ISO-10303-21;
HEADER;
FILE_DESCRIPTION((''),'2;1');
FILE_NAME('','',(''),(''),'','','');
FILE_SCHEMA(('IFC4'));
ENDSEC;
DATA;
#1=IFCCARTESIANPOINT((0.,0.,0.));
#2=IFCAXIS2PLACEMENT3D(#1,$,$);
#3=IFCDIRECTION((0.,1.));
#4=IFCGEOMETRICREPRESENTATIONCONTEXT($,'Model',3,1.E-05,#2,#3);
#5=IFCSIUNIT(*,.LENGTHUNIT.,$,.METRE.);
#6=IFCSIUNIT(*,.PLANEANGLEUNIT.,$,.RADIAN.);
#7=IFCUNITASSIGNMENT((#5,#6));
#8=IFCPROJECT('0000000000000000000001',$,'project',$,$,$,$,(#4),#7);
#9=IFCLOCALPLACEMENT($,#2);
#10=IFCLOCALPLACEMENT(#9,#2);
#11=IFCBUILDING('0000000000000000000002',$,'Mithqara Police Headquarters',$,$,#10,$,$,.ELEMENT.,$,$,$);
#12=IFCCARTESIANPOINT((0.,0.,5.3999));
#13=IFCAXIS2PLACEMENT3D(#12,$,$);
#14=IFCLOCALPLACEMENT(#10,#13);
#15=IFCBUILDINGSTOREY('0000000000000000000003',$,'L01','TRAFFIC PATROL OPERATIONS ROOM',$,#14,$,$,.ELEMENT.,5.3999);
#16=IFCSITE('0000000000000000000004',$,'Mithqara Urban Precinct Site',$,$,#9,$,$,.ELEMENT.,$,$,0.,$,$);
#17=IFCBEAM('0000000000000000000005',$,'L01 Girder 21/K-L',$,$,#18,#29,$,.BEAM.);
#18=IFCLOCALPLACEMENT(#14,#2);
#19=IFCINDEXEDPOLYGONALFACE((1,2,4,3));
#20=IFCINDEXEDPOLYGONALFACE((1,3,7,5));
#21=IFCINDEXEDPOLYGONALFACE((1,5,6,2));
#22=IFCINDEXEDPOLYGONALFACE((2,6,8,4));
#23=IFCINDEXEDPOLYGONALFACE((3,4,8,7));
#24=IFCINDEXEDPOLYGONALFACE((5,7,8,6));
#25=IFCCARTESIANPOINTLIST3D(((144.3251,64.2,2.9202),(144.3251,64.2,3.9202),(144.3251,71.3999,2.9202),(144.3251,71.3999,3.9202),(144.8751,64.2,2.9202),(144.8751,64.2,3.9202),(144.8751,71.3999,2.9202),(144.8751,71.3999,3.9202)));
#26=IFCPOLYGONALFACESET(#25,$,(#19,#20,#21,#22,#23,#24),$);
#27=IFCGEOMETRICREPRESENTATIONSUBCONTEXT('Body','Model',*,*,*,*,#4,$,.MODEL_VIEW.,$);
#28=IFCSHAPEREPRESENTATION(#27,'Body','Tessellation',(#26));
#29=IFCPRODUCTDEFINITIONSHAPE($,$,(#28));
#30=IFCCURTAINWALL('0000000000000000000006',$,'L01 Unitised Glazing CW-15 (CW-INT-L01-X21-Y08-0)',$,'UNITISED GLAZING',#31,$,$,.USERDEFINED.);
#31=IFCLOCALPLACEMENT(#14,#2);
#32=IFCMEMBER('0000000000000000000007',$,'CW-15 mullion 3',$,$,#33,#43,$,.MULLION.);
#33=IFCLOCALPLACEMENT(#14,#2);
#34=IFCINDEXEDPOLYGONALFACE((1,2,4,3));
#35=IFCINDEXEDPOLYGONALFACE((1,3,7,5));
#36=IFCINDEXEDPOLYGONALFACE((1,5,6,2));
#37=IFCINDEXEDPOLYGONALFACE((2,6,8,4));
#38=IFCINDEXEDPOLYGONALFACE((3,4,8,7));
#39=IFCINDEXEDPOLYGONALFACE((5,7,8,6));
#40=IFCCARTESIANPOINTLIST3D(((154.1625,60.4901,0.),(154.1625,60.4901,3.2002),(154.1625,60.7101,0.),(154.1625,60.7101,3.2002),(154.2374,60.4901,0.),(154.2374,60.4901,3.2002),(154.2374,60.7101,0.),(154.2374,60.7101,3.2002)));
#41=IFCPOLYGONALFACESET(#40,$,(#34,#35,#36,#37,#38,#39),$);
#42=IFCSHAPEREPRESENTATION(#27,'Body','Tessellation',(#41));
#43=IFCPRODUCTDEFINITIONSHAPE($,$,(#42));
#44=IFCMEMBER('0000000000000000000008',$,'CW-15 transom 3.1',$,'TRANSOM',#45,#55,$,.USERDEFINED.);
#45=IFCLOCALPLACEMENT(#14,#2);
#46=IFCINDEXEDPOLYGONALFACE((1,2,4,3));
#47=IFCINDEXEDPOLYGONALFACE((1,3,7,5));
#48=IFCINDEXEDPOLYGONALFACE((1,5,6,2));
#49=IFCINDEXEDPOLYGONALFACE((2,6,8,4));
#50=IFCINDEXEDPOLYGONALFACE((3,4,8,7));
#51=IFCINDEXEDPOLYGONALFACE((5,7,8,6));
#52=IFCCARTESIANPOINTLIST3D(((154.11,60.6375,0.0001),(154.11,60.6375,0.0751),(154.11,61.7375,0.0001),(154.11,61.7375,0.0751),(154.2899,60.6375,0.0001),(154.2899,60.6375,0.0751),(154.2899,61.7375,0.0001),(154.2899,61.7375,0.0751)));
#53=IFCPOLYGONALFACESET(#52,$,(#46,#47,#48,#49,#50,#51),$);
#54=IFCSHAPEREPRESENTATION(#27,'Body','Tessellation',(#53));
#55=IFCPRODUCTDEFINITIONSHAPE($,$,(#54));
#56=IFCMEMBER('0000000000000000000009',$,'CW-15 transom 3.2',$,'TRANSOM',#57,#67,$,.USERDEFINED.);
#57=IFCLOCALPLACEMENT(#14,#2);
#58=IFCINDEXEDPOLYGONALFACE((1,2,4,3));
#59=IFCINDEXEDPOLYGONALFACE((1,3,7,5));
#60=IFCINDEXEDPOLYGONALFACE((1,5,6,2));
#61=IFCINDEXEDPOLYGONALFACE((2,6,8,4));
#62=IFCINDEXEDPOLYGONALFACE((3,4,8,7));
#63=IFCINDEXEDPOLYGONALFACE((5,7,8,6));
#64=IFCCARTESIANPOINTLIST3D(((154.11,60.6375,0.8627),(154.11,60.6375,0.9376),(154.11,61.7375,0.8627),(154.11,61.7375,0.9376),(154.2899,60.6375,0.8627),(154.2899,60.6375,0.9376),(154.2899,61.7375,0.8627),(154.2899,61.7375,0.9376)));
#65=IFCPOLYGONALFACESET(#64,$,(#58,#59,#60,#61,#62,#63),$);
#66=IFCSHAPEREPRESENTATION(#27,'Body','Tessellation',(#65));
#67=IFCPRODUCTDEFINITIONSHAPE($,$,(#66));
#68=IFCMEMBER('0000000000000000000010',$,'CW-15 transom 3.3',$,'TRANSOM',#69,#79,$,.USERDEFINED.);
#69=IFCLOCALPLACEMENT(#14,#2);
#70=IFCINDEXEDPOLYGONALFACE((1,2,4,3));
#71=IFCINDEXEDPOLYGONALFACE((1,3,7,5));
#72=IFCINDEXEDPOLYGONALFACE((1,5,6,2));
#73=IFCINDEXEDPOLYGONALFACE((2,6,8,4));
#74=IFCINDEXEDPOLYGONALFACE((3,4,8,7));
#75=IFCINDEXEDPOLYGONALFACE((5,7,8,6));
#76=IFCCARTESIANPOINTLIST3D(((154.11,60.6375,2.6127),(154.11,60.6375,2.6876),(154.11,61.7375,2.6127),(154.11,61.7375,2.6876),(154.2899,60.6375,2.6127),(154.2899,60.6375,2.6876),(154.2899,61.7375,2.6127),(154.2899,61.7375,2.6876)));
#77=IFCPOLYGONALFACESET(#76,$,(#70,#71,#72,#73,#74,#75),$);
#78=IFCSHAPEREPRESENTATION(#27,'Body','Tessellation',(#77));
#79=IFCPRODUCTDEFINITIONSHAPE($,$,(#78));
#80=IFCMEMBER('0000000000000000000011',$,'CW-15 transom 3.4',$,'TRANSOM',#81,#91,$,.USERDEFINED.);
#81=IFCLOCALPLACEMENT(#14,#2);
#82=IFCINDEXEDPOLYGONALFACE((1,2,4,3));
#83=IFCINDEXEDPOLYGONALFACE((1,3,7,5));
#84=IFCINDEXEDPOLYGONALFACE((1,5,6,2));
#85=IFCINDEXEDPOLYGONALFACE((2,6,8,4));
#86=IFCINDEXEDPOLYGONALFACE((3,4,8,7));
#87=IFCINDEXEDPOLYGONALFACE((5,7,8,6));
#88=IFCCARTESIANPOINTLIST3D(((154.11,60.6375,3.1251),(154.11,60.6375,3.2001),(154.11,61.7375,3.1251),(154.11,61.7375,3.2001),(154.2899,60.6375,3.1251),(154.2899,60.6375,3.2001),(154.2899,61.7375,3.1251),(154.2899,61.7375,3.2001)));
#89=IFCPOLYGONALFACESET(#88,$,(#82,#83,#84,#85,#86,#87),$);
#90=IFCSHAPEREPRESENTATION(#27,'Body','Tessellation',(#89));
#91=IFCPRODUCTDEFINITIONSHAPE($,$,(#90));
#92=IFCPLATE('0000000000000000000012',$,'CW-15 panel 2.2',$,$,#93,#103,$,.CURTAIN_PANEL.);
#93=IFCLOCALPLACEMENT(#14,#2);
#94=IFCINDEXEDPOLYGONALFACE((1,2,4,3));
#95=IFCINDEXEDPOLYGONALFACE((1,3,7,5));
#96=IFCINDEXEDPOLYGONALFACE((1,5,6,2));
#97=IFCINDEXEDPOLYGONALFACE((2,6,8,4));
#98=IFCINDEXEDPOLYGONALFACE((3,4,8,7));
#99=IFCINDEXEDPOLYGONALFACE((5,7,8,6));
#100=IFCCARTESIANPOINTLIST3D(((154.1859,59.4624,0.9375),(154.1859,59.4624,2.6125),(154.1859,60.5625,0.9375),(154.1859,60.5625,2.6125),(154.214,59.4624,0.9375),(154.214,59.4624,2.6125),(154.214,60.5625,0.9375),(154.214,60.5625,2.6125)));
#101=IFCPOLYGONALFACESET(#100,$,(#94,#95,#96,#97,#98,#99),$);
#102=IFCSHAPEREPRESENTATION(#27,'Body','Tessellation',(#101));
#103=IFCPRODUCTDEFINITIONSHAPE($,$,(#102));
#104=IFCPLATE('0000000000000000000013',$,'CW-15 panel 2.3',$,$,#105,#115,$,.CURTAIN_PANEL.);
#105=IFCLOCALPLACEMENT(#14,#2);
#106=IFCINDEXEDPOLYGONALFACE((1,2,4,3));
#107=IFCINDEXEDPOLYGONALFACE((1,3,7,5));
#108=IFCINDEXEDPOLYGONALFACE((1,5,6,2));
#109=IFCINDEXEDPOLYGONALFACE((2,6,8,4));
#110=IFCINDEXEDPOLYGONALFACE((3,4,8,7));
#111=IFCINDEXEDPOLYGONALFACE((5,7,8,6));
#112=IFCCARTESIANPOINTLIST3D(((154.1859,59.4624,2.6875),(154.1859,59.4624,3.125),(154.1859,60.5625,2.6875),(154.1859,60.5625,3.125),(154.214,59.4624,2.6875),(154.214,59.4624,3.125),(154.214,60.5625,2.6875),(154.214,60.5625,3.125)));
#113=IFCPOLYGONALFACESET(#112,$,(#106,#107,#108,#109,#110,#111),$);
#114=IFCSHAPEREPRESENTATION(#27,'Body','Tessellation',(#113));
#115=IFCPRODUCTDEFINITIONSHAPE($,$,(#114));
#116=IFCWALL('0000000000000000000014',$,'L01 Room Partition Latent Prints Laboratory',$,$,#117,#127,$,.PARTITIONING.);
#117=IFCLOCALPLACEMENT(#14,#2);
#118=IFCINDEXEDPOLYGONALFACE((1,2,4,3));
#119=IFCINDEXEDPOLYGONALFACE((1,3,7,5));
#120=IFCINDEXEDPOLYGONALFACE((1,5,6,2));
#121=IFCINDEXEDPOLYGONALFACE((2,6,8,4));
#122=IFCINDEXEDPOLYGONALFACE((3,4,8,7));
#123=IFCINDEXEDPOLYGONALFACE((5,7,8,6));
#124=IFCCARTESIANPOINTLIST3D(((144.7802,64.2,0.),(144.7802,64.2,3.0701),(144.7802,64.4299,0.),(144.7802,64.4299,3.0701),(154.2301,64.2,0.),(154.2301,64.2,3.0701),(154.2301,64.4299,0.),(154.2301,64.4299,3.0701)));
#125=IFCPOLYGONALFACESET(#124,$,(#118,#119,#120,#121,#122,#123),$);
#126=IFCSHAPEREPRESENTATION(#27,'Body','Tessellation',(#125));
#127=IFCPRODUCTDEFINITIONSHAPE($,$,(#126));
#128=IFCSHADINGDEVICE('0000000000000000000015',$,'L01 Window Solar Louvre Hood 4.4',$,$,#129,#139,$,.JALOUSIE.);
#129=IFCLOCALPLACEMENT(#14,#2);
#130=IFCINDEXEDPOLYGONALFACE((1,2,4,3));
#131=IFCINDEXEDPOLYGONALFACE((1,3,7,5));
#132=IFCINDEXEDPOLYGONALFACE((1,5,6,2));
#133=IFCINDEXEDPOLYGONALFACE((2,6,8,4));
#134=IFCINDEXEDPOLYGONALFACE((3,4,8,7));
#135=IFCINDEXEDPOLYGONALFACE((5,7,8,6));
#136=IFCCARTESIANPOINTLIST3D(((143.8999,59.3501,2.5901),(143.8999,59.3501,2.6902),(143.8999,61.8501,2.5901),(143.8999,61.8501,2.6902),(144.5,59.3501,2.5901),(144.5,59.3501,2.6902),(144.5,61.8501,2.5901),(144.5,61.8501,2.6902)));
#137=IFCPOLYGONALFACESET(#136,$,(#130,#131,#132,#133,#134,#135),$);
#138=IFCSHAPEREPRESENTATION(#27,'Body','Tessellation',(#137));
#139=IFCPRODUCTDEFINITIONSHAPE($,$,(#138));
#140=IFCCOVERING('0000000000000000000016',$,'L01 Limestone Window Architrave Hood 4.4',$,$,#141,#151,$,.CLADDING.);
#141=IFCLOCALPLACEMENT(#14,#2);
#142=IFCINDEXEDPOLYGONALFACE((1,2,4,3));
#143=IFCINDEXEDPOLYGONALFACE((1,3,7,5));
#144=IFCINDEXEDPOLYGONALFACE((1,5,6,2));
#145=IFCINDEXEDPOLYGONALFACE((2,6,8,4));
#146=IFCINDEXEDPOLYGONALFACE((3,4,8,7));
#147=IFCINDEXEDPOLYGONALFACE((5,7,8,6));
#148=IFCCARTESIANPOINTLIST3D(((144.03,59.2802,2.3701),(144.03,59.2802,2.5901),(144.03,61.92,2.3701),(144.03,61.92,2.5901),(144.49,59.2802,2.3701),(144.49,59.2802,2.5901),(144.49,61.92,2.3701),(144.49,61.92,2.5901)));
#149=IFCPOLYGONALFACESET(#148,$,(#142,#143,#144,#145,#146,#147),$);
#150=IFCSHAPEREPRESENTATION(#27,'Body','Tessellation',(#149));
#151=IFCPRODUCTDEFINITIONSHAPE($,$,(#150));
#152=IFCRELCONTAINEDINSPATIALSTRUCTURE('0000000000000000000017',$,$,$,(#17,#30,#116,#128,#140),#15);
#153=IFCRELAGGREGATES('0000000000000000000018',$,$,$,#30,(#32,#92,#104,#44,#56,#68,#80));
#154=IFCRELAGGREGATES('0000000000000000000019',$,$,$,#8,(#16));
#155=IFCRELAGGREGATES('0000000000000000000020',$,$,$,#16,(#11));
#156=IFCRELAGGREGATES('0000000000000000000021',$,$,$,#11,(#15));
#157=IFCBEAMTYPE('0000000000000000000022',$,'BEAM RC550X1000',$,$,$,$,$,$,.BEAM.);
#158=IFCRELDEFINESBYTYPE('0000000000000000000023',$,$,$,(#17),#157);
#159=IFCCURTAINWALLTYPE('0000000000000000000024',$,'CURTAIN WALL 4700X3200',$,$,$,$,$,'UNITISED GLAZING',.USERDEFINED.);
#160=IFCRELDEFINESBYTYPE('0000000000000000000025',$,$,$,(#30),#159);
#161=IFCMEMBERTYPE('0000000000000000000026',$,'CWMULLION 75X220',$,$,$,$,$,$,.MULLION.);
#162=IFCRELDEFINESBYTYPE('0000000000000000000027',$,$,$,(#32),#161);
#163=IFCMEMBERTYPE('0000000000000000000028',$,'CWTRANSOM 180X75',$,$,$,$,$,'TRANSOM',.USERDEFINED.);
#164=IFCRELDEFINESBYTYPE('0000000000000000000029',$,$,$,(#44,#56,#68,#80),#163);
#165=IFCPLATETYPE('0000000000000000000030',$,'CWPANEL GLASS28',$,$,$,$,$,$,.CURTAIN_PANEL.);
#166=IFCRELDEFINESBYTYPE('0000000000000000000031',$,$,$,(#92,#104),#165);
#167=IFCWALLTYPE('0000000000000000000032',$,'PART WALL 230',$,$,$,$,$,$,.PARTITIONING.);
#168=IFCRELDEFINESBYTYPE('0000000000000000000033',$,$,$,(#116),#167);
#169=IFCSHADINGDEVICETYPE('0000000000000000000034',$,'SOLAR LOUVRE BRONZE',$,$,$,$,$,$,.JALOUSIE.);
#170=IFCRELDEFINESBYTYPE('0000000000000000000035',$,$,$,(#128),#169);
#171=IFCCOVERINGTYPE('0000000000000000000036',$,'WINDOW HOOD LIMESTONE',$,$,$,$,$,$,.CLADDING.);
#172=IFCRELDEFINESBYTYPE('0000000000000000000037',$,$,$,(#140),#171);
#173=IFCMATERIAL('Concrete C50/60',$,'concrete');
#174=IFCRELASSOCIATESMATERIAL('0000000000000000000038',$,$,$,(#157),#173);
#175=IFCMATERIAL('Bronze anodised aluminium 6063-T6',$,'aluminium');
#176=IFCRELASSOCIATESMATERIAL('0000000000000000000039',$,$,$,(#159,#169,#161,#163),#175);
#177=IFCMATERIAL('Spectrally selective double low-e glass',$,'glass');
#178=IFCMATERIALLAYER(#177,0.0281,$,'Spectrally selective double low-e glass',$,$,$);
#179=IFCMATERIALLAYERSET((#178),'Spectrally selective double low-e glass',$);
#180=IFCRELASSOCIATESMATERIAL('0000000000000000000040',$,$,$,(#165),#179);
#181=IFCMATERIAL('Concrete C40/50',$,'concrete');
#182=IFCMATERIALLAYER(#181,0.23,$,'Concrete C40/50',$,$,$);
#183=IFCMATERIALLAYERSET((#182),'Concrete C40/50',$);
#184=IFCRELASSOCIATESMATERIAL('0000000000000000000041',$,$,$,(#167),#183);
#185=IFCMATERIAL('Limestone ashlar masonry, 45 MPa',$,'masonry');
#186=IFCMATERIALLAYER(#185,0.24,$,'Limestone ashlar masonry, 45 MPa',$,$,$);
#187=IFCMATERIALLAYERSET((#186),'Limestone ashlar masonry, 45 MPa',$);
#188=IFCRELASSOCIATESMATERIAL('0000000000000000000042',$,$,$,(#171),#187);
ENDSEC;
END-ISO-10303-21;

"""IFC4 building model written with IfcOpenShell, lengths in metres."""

from ifc_helpers import new_model, si_unit, direction, frame, frame_2d, origin, origin_2d, place, context, subcontext, project, spatial, rectangle, extrude, material, layer, layer_set, material_profile, profile_set, type_object, element, aggregate, save


model = new_model("IFC4")

# Units and contexts
model_context = context("Model", 3, precision=1e-05, world=origin(), true_north=direction((0.0, 1.0)))
body_context = subcontext(model_context, "Body", "Model", "MODEL_VIEW")
ifc_project = project(units=[si_unit("LENGTHUNIT", "METRE"), si_unit("PLANEANGLEUNIT", "RADIAN")], contexts=[model_context])

# Site, building, storey
site_placement = place(None, origin())
site = spatial("IfcSite", under=ifc_project, at=site_placement, Name="Mithqara Urban Precinct Site", CompositionType="ELEMENT", RefElevation=0.0)
building_placement = place(site_placement, origin())
building = spatial("IfcBuilding", under=site, at=building_placement, Name="Mithqara Police Headquarters", CompositionType="ELEMENT")
storey_placement = place(building_placement, frame((0.0, 0.0, 5.3999)))
storey = spatial("IfcBuildingStorey", under=building, at=storey_placement, Name="L01", Description="TRAFFIC PATROL OPERATIONS ROOM", CompositionType="ELEMENT", Elevation=5.3999)

# Shared definitions
ifc_material_1 = material(Name="Concrete C50/60", Category="concrete")

# Beam
ifc_material_2 = material(Name="Concrete C40/50", Category="concrete")
ifc_material_profile_1 = material_profile(ifc_material_1, rectangle(XDim=0.55, YDim=1.0, at=origin_2d()), Name="RC 550x1000")
ifc_profile_set_1 = profile_set([ifc_material_profile_1], Name="Concrete C50/60")
beam_type_1 = type_object("IfcBeamType", Name="BEAM RC550X1000", PredefinedType="BEAM", material=ifc_profile_set_1)
beam_1_placement = place(storey_placement, frame((144.6001, 64.2, 3.4202), z_axis=(0.0, 1.0, 0.0), x_axis=(-1.0, 0.0, 0.0)))
element("IfcBeam", 1, at=beam_1_placement, inside=storey, type_object=beam_type_1, Name="L01 Girder 21/K-L", PredefinedType="BEAM", context=body_context, shape_type="SweptSolid", body=[
    extrude(rectangle(XDim=0.55, YDim=1.0, at=origin_2d()), origin(), (0.0, 0.0, 1.0), 7.2),
])

# Curtain wall, members, plates
ifc_material_3 = material(Name="Bronze anodised aluminium 6063-T6", Category="aluminium")
curtain_wall_type = type_object("IfcCurtainWallType", Name="CURTAIN WALL 4700X3200", ElementType="UNITISED GLAZING", PredefinedType="USERDEFINED", material=ifc_material_3)
curtain_wall_placement = place(storey_placement, origin())
curtain_wall = element("IfcCurtainWall", 2, at=curtain_wall_placement, inside=storey, type_object=curtain_wall_type, Name="L01 Unitised Glazing CW-15 (CW-INT-L01-X21-Y08-0)", ObjectType="UNITISED GLAZING", PredefinedType="USERDEFINED")
ifc_material_profile_2 = material_profile(ifc_material_3, rectangle(XDim=0.075, YDim=0.22, at=origin_2d()), Name="CWM 75x220")
ifc_profile_set_2 = profile_set([ifc_material_profile_2], Name="Bronze anodised aluminium 6063-T6")
member_type_1 = type_object("IfcMemberType", Name="CWMULLION 75X220", PredefinedType="MULLION", material=ifc_profile_set_2)
member_1_placement = place(storey_placement, frame((154.2, 60.6001, 0.0), z_axis=(0.0, 0.0, 1.0), x_axis=(-1.0, 0.0, 0.0)))
member_1 = element("IfcMember", 3, at=member_1_placement, type_object=member_type_1, Name="CW-15 mullion 3", PredefinedType="MULLION", context=body_context, shape_type="SweptSolid", body=[
    extrude(rectangle(XDim=0.075, YDim=0.22, at=origin_2d()), origin(), (0.0, 0.0, 1.0), 3.2002),
])
ifc_material_profile_3 = material_profile(ifc_material_3, rectangle(XDim=0.1799, YDim=0.075, at=origin_2d()), Name="CWT 180x75")
ifc_profile_set_3 = profile_set([ifc_material_profile_3], Name="Bronze anodised aluminium 6063-T6")
member_type_2 = type_object("IfcMemberType", Name="CWTRANSOM 180X75", ElementType="TRANSOM", PredefinedType="USERDEFINED", material=ifc_profile_set_3)
member_2_placement = place(storey_placement, frame((154.2, 60.6375, 0.0376), z_axis=(0.0, 1.0, 0.0), x_axis=(-1.0, 0.0, 0.0)))
member_2 = element("IfcMember", 4, at=member_2_placement, type_object=member_type_2, Name="CW-15 transom 3.1", ObjectType="TRANSOM", PredefinedType="USERDEFINED", context=body_context, shape_type="SweptSolid", body=[
    extrude(rectangle(XDim=0.1799, YDim=0.075, at=origin_2d()), origin(), (0.0, 0.0, 1.0), 1.1001),
])
member_3_placement = place(storey_placement, frame((154.2, 60.6375, 0.9001), z_axis=(0.0, 1.0, 0.0), x_axis=(-1.0, 0.0, 0.0)))
member_3 = element("IfcMember", 5, at=member_3_placement, type_object=member_type_2, Name="CW-15 transom 3.2", ObjectType="TRANSOM", PredefinedType="USERDEFINED", context=body_context, shape_type="SweptSolid", body=[
    extrude(rectangle(XDim=0.1799, YDim=0.075, at=origin_2d()), origin(), (0.0, 0.0, 1.0), 1.1001),
])
member_4_placement = place(storey_placement, frame((154.2, 60.6375, 2.6501), z_axis=(0.0, 1.0, 0.0), x_axis=(-1.0, 0.0, 0.0)))
member_4 = element("IfcMember", 6, at=member_4_placement, type_object=member_type_2, Name="CW-15 transom 3.3", ObjectType="TRANSOM", PredefinedType="USERDEFINED", context=body_context, shape_type="SweptSolid", body=[
    extrude(rectangle(XDim=0.1799, YDim=0.075, at=origin_2d()), origin(), (0.0, 0.0, 1.0), 1.1001),
])
member_5_placement = place(storey_placement, frame((154.2, 60.6375, 3.1626), z_axis=(0.0, 1.0, 0.0), x_axis=(-1.0, 0.0, 0.0)))
member_5 = element("IfcMember", 7, at=member_5_placement, type_object=member_type_2, Name="CW-15 transom 3.4", ObjectType="TRANSOM", PredefinedType="USERDEFINED", context=body_context, shape_type="SweptSolid", body=[
    extrude(rectangle(XDim=0.1799, YDim=0.075, at=origin_2d()), origin(), (0.0, 0.0, 1.0), 1.1001),
])
ifc_material_4 = material(Name="Spectrally selective double low-e glass", Category="glass")
ifc_layer_1 = layer(ifc_material_4, 0.0281, Name="Spectrally selective double low-e glass")
ifc_layer_set_1 = layer_set([ifc_layer_1], Name="Spectrally selective double low-e glass")
plate_type = type_object("IfcPlateType", Name="CWPANEL GLASS28", PredefinedType="CURTAIN_PANEL", material=ifc_layer_set_1)
plate_1_placement = place(storey_placement, frame((154.2, 60.0125, 0.9375), z_axis=(0.0, 0.0, 1.0), x_axis=(0.0, 1.0, 0.0)))
plate_1 = element("IfcPlate", 8, at=plate_1_placement, type_object=plate_type, Name="CW-15 panel 2.2", PredefinedType="CURTAIN_PANEL", context=body_context, shape_type="SweptSolid", body=[
    extrude(rectangle(XDim=1.1001, YDim=0.0281, at=origin_2d()), origin(), (0.0, 0.0, 1.0), 1.675),
])
plate_2_placement = place(storey_placement, frame((154.2, 60.0125, 2.6875), z_axis=(0.0, 0.0, 1.0), x_axis=(0.0, 1.0, 0.0)))
plate_2 = element("IfcPlate", 9, at=plate_2_placement, type_object=plate_type, Name="CW-15 panel 2.3", PredefinedType="CURTAIN_PANEL", context=body_context, shape_type="SweptSolid", body=[
    extrude(rectangle(XDim=1.1001, YDim=0.0281, at=origin_2d()), origin(), (0.0, 0.0, 1.0), 0.4375),
])
aggregate(curtain_wall, [member_1, plate_1, plate_2, member_2, member_3, member_4, member_5])

# Wall
ifc_layer_2 = layer(ifc_material_2, 0.23, Name="Concrete C40/50")
ifc_layer_set_2 = layer_set([ifc_layer_2], Name="Concrete C40/50")
wall_type = type_object("IfcWallType", Name="PART WALL 230", PredefinedType="PARTITIONING", material=ifc_layer_set_2)
wall_placement = place(storey_placement, frame((144.78, 64.3149, 0.0), z_axis=(0.0, 0.0, 1.0), x_axis=(1.0, 0.0, 0.0)))
element("IfcWall", 10, at=wall_placement, inside=storey, type_object=wall_type, Name="L01 Room Partition Latent Prints Laboratory", PredefinedType="PARTITIONING", context=body_context, shape_type="SweptSolid", body=[
    extrude(rectangle(XDim=9.45, YDim=0.23, at=frame_2d((4.7251, 0.0))), origin(), (0.0, 0.0, 1.0), 3.0701),
])

# Shading device
shading_device_type = type_object("IfcShadingDeviceType", Name="SOLAR LOUVRE BRONZE", PredefinedType="JALOUSIE", material=ifc_material_3)
shading_device_placement = place(storey_placement, frame((144.2, 60.6001, 2.5901), z_axis=(0.0, 0.0, 1.0), x_axis=(0.0, 1.0, 0.0)))
element("IfcShadingDevice", 11, at=shading_device_placement, inside=storey, type_object=shading_device_type, Name="L01 Window Solar Louvre Hood 4.4", PredefinedType="JALOUSIE", context=body_context, shape_type="SweptSolid", body=[
    extrude(rectangle(XDim=2.5, YDim=0.6001, at=origin_2d()), origin(), (0.0, 0.0, 1.0), 0.1001),
])

# Covering
ifc_material_5 = material(Name="Limestone ashlar masonry, 45 MPa", Category="masonry")
ifc_layer_3 = layer(ifc_material_5, 0.24, Name="Limestone ashlar masonry, 45 MPa")
ifc_layer_set_3 = layer_set([ifc_layer_3], Name="Limestone ashlar masonry, 45 MPa")
covering_type = type_object("IfcCoveringType", Name="WINDOW HOOD LIMESTONE", PredefinedType="CLADDING", material=ifc_layer_set_3)
covering_placement = place(storey_placement, frame((144.26, 60.6001, 2.3701), z_axis=(0.0, 0.0, 1.0), x_axis=(0.0, 1.0, 0.0)))
element("IfcCovering", 12, at=covering_placement, inside=storey, type_object=covering_type, Name="L01 Limestone Window Architrave Hood 4.4", PredefinedType="CLADDING", context=body_context, shape_type="SweptSolid", body=[
    extrude(rectangle(XDim=2.6399, YDim=0.46, at=origin_2d()), origin(), (0.0, 0.0, 1.0), 0.22),
])

save(model, "model.ifc")
